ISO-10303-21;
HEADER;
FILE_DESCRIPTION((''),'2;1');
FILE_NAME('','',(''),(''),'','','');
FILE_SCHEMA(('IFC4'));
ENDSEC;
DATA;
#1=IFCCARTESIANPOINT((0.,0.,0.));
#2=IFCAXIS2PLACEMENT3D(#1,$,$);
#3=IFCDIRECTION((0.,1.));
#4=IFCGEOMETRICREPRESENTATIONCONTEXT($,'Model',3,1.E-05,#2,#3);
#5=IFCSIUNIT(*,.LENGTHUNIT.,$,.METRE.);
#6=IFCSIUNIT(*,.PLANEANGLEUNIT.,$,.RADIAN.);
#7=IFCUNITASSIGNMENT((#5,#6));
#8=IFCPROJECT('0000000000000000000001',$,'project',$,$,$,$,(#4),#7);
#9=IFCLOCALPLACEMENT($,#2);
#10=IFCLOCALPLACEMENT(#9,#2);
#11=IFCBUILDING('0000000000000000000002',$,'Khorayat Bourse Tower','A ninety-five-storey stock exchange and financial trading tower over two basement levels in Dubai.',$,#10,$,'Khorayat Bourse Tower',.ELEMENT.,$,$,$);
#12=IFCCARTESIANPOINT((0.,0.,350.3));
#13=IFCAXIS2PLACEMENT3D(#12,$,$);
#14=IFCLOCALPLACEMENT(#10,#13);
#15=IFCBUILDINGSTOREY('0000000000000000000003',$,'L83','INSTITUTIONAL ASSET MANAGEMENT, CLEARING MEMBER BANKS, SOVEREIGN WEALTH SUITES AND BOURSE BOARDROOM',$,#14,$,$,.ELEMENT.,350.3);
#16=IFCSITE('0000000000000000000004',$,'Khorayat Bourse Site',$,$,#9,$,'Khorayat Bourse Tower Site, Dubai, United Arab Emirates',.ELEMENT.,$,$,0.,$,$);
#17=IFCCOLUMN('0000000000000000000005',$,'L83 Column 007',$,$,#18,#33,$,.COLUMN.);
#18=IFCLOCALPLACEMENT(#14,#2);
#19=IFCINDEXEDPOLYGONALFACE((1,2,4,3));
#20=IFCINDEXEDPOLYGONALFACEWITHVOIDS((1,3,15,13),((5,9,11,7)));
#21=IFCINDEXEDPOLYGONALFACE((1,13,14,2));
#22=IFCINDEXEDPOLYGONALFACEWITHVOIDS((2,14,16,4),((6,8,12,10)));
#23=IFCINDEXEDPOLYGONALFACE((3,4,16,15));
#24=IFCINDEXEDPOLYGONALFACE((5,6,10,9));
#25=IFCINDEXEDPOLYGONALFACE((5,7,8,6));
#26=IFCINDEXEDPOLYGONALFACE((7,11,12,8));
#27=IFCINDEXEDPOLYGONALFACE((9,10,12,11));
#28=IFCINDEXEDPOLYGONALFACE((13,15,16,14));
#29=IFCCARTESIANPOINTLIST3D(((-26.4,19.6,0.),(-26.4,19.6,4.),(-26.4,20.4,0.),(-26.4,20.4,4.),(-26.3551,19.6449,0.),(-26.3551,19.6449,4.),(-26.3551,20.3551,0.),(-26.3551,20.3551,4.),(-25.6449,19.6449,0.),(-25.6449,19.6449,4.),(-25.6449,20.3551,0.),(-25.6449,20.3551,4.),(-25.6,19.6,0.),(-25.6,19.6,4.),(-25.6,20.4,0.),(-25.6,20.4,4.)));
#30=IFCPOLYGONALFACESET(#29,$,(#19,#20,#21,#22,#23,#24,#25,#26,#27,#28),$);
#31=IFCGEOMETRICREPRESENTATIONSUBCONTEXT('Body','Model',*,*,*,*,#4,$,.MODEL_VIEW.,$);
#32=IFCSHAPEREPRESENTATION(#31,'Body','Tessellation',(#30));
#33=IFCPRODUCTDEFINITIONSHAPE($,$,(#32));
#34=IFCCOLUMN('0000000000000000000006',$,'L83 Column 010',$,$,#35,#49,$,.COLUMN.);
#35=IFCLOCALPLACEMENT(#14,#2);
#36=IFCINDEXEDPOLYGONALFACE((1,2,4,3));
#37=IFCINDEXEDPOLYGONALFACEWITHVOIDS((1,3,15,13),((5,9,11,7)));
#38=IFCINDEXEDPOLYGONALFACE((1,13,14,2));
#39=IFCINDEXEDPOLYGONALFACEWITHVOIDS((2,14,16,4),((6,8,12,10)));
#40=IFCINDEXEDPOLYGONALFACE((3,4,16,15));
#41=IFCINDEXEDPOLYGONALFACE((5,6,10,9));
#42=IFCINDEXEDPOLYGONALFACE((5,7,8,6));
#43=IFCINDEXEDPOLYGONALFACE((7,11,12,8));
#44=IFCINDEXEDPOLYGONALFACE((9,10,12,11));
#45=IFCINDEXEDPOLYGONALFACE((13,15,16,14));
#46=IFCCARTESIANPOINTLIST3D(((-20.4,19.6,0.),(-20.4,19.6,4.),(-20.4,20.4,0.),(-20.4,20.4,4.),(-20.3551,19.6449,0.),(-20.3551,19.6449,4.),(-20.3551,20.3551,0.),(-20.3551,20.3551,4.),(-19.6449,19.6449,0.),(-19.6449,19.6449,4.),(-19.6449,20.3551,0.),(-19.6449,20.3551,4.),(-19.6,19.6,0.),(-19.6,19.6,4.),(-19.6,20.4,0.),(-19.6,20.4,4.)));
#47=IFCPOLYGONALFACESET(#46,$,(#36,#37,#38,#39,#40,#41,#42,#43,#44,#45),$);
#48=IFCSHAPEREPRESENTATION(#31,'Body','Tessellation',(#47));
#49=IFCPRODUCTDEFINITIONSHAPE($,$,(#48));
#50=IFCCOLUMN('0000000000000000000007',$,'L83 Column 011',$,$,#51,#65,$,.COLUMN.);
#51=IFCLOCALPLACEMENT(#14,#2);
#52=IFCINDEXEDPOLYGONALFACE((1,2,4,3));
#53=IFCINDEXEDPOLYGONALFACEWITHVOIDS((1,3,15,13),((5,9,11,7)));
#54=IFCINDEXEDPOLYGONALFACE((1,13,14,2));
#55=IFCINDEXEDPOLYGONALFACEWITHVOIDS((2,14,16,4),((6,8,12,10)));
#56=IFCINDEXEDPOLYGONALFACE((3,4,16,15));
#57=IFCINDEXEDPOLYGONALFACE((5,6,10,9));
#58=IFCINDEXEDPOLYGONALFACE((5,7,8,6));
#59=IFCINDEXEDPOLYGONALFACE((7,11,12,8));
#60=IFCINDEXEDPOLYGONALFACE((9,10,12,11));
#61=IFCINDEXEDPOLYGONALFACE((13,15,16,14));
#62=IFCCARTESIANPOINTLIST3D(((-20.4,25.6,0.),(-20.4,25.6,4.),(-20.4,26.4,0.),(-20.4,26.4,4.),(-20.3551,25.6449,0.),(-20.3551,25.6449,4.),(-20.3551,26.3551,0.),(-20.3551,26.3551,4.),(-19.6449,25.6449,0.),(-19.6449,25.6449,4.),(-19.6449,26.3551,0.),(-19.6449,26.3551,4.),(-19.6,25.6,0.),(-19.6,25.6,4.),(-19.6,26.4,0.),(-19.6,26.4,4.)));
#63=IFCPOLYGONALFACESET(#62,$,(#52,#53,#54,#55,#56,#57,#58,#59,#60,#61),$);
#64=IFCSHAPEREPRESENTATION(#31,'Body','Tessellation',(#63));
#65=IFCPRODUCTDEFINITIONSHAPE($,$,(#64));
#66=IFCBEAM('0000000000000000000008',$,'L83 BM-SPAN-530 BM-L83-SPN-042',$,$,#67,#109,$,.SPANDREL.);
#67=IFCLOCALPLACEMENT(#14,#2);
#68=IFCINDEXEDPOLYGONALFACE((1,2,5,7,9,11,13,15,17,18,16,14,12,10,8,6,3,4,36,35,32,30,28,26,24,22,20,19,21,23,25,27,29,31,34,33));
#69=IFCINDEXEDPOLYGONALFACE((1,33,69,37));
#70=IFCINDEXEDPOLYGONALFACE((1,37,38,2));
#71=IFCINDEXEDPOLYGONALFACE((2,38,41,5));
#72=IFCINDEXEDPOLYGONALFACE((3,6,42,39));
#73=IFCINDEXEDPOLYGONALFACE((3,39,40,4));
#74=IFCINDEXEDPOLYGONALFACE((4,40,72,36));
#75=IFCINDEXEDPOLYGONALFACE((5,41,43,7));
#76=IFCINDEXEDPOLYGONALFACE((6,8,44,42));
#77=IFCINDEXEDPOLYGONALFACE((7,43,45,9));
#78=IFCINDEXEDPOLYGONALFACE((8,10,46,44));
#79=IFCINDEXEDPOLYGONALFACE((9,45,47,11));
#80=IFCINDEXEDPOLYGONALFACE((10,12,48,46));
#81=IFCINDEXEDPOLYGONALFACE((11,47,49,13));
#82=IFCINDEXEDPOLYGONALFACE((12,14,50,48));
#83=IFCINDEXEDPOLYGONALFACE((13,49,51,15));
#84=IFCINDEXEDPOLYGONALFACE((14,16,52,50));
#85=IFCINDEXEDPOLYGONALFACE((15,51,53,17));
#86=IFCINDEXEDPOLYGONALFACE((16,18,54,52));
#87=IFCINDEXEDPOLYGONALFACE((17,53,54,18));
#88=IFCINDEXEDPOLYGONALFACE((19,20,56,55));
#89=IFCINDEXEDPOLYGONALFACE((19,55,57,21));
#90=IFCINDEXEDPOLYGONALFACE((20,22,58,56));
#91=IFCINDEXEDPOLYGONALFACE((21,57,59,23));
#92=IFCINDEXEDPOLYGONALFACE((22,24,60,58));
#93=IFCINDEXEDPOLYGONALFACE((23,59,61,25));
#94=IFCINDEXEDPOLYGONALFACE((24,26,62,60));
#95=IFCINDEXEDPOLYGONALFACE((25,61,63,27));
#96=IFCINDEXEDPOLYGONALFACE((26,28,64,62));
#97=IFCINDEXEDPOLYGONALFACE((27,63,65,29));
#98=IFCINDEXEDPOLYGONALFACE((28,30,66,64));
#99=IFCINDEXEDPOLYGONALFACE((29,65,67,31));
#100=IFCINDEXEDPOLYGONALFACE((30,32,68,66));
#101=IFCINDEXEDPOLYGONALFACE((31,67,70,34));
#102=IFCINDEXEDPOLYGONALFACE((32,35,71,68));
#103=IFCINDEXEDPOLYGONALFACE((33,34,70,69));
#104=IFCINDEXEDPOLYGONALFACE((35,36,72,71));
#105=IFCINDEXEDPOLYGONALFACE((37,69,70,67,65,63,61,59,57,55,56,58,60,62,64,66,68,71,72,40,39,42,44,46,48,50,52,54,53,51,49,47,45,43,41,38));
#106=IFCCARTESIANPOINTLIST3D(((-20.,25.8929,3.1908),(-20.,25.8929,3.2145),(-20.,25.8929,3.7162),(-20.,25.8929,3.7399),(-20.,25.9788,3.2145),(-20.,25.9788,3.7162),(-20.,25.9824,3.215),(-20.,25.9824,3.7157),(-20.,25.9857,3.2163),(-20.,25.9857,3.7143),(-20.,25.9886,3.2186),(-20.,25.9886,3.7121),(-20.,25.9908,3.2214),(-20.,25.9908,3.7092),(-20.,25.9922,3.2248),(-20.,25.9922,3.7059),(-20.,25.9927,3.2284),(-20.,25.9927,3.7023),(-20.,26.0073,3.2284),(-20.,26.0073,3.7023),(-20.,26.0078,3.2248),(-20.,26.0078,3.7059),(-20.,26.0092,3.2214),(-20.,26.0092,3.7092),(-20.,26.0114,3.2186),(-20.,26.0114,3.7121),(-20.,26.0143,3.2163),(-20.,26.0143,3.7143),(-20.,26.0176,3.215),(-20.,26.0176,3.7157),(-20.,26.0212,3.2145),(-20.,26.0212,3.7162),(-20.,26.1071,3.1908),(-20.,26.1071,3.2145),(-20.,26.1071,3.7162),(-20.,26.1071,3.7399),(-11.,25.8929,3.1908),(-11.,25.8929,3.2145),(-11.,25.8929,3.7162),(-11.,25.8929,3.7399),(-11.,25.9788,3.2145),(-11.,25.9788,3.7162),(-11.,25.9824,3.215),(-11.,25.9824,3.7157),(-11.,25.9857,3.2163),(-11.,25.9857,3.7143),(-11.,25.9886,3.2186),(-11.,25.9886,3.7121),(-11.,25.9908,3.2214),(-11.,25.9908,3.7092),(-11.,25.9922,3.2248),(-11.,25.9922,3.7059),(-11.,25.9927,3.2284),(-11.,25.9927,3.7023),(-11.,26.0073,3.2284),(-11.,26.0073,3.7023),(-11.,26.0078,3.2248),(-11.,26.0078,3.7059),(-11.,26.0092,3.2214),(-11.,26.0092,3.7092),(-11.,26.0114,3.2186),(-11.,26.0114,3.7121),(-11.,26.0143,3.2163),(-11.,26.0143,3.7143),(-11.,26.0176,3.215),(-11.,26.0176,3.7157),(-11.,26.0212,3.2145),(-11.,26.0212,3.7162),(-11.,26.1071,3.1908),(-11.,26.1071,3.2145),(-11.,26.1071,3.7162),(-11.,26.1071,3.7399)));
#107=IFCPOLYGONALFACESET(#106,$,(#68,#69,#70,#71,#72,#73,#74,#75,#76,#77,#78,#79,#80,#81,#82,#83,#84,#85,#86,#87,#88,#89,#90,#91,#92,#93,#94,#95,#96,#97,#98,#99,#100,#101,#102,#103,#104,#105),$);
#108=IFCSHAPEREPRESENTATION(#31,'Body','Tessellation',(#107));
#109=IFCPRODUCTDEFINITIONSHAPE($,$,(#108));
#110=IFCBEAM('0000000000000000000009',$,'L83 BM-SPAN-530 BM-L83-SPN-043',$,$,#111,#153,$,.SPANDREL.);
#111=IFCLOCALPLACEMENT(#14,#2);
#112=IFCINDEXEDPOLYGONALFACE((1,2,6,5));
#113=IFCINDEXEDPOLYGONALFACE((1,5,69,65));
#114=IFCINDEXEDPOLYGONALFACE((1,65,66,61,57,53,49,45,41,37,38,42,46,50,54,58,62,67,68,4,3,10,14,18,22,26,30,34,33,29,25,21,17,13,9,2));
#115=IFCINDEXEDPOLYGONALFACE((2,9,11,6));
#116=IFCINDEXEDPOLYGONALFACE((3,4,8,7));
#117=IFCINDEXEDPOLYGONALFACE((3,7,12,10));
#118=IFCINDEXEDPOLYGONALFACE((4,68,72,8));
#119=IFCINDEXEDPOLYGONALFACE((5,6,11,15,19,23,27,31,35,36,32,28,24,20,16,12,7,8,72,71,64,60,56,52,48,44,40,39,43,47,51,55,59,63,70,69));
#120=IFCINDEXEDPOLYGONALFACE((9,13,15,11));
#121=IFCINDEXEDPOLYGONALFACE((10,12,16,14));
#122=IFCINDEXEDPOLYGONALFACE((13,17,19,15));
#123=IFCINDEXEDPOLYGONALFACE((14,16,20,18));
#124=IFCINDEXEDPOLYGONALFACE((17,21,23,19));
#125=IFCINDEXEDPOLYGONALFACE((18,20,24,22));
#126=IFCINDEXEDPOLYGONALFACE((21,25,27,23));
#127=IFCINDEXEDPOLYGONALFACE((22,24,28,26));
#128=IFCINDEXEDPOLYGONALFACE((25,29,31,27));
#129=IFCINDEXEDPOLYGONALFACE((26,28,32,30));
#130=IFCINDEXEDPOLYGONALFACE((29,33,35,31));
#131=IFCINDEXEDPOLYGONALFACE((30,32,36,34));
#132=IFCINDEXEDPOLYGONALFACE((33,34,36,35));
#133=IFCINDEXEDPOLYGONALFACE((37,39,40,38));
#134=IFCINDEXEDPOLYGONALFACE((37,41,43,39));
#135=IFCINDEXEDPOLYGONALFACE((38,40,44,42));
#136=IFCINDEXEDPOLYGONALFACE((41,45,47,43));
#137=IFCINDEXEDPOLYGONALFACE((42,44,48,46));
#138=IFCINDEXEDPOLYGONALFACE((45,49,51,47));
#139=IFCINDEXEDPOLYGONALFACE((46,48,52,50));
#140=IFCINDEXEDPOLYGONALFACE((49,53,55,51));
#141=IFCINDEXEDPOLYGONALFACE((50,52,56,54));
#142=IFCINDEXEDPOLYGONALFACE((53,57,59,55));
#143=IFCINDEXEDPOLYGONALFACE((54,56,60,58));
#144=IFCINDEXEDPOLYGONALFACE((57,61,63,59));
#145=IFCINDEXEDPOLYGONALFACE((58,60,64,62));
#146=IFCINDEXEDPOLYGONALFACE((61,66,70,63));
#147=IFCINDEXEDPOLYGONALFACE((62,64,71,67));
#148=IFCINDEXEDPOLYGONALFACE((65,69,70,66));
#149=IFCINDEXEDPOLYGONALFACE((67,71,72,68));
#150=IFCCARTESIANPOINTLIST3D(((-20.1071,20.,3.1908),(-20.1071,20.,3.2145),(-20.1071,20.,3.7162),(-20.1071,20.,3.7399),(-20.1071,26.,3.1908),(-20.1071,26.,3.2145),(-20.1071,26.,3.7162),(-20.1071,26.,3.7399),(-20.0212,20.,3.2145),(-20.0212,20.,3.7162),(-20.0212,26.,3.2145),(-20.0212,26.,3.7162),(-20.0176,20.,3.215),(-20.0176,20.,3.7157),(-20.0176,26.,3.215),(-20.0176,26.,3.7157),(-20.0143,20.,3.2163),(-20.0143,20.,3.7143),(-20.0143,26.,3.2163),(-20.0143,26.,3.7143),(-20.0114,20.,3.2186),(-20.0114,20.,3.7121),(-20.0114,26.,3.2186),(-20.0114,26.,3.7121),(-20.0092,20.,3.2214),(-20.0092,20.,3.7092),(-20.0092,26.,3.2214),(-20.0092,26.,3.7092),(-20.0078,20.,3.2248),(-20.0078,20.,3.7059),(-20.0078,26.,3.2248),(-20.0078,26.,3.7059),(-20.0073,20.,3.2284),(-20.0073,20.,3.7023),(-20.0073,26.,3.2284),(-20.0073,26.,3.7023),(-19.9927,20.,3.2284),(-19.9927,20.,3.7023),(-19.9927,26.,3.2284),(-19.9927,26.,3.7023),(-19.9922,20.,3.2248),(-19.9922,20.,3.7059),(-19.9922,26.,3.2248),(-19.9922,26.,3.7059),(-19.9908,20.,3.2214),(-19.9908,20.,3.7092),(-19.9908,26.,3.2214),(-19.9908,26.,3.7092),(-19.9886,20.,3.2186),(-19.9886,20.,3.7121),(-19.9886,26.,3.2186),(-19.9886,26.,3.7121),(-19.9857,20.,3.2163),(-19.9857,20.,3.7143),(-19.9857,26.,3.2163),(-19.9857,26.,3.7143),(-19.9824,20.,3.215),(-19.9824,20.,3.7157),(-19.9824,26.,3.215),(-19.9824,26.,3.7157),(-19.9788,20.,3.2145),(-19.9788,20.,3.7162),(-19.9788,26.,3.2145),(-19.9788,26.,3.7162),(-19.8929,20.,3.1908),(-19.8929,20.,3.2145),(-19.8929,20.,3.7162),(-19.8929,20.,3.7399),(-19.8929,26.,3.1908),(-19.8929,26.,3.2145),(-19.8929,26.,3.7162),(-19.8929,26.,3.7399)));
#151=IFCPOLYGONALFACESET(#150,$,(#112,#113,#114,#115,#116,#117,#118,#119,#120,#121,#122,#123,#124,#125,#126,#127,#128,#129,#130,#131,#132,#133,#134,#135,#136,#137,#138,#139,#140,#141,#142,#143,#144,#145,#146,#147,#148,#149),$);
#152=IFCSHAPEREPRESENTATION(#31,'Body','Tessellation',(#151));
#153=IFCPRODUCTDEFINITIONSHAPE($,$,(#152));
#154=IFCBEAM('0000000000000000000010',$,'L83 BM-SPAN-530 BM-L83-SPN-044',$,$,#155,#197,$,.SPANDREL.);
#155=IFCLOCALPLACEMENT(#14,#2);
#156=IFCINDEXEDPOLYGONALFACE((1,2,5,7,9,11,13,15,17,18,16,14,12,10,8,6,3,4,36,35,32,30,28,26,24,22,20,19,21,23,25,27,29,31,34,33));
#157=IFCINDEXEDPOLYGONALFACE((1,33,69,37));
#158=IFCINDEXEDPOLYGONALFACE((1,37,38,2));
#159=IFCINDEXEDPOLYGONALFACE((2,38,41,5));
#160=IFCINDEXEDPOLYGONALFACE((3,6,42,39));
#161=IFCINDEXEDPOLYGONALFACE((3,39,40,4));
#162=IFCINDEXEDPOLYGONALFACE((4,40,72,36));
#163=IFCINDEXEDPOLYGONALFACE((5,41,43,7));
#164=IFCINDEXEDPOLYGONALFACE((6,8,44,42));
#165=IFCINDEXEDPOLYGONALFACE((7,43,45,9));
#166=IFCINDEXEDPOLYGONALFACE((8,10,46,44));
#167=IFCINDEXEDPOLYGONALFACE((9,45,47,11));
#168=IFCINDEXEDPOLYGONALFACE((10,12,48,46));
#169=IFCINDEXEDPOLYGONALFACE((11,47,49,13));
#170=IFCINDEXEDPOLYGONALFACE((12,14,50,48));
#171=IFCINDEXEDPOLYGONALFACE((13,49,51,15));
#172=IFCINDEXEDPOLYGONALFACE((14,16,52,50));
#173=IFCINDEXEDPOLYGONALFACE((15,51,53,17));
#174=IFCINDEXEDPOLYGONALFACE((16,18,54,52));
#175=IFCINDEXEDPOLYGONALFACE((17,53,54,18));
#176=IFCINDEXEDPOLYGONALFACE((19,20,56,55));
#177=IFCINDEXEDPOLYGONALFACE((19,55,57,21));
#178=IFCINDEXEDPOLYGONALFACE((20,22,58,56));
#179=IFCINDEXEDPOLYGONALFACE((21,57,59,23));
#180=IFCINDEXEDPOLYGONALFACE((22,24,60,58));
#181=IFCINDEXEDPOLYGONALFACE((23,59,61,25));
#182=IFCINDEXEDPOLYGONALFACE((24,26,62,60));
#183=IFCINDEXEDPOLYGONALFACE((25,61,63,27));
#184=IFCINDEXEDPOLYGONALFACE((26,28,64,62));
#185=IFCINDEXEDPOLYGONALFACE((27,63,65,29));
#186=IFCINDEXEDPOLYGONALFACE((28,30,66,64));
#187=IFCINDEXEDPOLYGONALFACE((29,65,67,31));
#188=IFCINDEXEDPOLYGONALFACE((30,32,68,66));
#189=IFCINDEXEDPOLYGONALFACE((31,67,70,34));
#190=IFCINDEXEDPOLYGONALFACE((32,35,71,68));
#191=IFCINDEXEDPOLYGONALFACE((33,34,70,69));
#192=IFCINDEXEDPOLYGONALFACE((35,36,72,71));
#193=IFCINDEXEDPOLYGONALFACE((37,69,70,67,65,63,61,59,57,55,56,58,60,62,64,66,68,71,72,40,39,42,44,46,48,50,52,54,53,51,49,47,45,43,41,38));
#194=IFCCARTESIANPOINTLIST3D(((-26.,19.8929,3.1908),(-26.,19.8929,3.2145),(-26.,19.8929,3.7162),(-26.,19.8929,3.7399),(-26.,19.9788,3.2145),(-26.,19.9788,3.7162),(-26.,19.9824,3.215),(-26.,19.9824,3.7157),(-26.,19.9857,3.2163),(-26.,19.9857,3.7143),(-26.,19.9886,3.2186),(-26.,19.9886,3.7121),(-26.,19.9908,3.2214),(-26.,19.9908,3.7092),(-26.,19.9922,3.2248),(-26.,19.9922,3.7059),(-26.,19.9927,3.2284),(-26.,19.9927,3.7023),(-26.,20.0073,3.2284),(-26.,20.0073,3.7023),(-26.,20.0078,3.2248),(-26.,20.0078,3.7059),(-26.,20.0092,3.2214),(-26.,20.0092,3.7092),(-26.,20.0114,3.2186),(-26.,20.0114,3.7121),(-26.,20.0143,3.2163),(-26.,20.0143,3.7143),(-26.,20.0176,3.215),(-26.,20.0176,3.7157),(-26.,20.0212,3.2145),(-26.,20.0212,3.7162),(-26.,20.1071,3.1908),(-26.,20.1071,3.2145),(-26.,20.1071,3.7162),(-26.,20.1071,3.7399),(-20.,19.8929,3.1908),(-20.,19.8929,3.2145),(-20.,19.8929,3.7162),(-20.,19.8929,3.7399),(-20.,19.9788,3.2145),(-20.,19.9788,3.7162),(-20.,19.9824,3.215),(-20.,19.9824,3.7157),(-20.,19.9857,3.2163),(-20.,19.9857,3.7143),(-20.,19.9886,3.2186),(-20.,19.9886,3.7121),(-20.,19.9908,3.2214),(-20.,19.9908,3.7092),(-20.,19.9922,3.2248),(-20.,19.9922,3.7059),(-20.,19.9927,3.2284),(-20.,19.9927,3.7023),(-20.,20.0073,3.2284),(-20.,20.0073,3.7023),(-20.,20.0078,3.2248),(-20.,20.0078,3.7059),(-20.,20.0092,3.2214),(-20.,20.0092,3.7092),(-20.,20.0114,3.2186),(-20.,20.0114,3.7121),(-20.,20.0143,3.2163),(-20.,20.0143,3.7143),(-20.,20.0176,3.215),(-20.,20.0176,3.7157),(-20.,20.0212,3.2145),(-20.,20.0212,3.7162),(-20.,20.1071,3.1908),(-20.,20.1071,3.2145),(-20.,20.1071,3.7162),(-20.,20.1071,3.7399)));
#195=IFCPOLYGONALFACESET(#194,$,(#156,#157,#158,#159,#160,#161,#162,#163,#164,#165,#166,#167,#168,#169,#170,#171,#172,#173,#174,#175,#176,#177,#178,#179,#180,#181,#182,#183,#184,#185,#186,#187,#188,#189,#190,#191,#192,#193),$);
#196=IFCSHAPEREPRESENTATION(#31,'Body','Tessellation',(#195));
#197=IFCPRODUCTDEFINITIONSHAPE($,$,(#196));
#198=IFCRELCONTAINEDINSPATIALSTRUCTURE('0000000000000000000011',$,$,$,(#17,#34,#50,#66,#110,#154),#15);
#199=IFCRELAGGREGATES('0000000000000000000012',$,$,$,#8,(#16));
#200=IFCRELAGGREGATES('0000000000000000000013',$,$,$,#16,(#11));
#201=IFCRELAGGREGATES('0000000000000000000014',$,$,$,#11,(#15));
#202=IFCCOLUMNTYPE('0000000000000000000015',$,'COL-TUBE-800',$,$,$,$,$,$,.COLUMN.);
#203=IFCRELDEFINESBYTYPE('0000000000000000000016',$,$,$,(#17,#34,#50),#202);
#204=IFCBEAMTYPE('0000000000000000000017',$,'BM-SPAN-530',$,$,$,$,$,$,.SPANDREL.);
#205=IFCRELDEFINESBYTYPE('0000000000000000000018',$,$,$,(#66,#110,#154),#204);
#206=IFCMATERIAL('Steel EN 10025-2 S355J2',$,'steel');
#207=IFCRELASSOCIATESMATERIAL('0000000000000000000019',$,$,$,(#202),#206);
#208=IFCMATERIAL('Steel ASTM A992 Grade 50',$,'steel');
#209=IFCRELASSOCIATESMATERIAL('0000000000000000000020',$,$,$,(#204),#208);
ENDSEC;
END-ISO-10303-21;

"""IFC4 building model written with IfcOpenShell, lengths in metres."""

from ifc_helpers import new_model, si_unit, direction, frame, origin, origin_2d, place, context, subcontext, project, spatial, hollow_rectangle, i_section, extrude, source, transform, mapped, material, material_profile, profile_set, type_object, element, save


model = new_model("IFC4")

# Units and contexts
model_context = context("Model", 3, precision=1e-05, world=origin(), true_north=direction((0.0, 1.0)))
body_context = subcontext(model_context, "Body", "Model", "MODEL_VIEW")
ifc_project = project(units=[si_unit("LENGTHUNIT", "METRE"), si_unit("PLANEANGLEUNIT", "RADIAN")], contexts=[model_context])

# Site, building, storey
site_placement = place(None, origin())
site = spatial("IfcSite", under=ifc_project, at=site_placement, Name="Khorayat Bourse Site", LongName="Khorayat Bourse Tower Site, Dubai, United Arab Emirates", CompositionType="ELEMENT", RefElevation=0.0)
building_placement = place(site_placement, origin())
building = spatial("IfcBuilding", under=site, at=building_placement, Name="Khorayat Bourse Tower", Description="A ninety-five-storey stock exchange and financial trading tower over two basement levels in Dubai.", LongName="Khorayat Bourse Tower", CompositionType="ELEMENT")
storey_placement = place(building_placement, frame((0.0, 0.0, 350.3)))
storey = spatial("IfcBuildingStorey", under=building, at=storey_placement, Name="L83", Description="INSTITUTIONAL ASSET MANAGEMENT, CLEARING MEMBER BANKS, SOVEREIGN WEALTH SUITES AND BOURSE BOARDROOM", CompositionType="ELEMENT", Elevation=350.3)

# Columns
ifc_material_1 = material(Name="Steel EN 10025-2 S355J2", Category="steel")
ifc_material_profile_1 = material_profile(ifc_material_1, hollow_rectangle(XDim=0.8, YDim=0.8, WallThickness=0.0449, at=origin_2d()), Name="BOX 800x800x45")
ifc_profile_set_1 = profile_set([ifc_material_profile_1], Name="Steel EN 10025-2 S355J2")
column_type = type_object("IfcColumnType", Name="COL-TUBE-800", PredefinedType="COLUMN", material=ifc_profile_set_1)
shared_shape_1 = source(origin(), body_context, "Body", "SweptSolid", [
    extrude(hollow_rectangle(XDim=0.8, YDim=0.8, WallThickness=0.0449, at=origin_2d()), origin(), (0.0, 0.0, 1.0), 4.0),
])
for number, where, z_axis, x_axis, name in (
    (1, (-26.0, 20.0, 0.0), (0.0, 0.0, 1.0), (1.0, 0.0, 0.0), "L83 Column 007"),
    (2, (-20.0, 20.0, 0.0), (0.0, 0.0, 1.0), (1.0, 0.0, 0.0), "L83 Column 010"),
    (3, (-20.0, 26.0, 0.0), (0.0, 0.0, 1.0), (1.0, 0.0, 0.0), "L83 Column 011"),
):
    element("IfcColumn", number, at=place(storey_placement, frame(where, z_axis=z_axis, x_axis=x_axis)), inside=storey, type_object=column_type, Name=name, PredefinedType="COLUMN", context=body_context, shape_type="MappedRepresentation", body=[
        mapped(shared_shape_1, transform((0.0, 0.0, 0.0), scale=1.0)),
    ])

# Beams
ifc_material_2 = material(Name="Steel ASTM A992 Grade 50", Category="steel")
ifc_material_profile_2 = material_profile(ifc_material_2, i_section(OverallWidth=0.2141, OverallDepth=0.5491, WebThickness=0.0146, FlangeThickness=0.0237, FilletRadius=0.0139, at=origin_2d()), Name="W530X138")
ifc_profile_set_2 = profile_set([ifc_material_profile_2], Name="Steel ASTM A992 Grade 50")
beam_type_1 = type_object("IfcBeamType", Name="BM-SPAN-530", PredefinedType="SPANDREL", material=ifc_profile_set_2)
shared_shape_2 = source(origin(), body_context, "Body", "SweptSolid", [
    extrude(i_section(OverallWidth=0.2141, OverallDepth=0.5491, WebThickness=0.0146, FlangeThickness=0.0237, FilletRadius=0.0139, at=origin_2d()), origin(), (0.0, 0.0, 1.0), 9.0),
])
beam_1_placement = place(storey_placement, frame((-20.0, 26.0, 3.4653), z_axis=(1.0, 0.0, 0.0), x_axis=(0.0, 1.0, 0.0)))
element("IfcBeam", 4, at=beam_1_placement, inside=storey, type_object=beam_type_1, Name="L83 BM-SPAN-530 BM-L83-SPN-042", PredefinedType="SPANDREL", context=body_context, shape_type="MappedRepresentation", body=[
    mapped(shared_shape_2, transform((0.0, 0.0, 0.0), scale=1.0)),
])
shared_shape_3 = source(origin(), body_context, "Body", "SweptSolid", [
    extrude(i_section(OverallWidth=0.2141, OverallDepth=0.5491, WebThickness=0.0146, FlangeThickness=0.0237, FilletRadius=0.0139, at=origin_2d()), origin(), (0.0, 0.0, 1.0), 6.0),
])
for number, where, z_axis, x_axis, name in (
    (5, (-20.0, 20.0, 3.4653), (0.0, 1.0, 0.0), (-1.0, 0.0, 0.0), "L83 BM-SPAN-530 BM-L83-SPN-043"),
    (6, (-26.0, 20.0, 3.4653), (1.0, 0.0, 0.0), (0.0, 1.0, 0.0), "L83 BM-SPAN-530 BM-L83-SPN-044"),
):
    element("IfcBeam", number, at=place(storey_placement, frame(where, z_axis=z_axis, x_axis=x_axis)), inside=storey, type_object=beam_type_1, Name=name, PredefinedType="SPANDREL", context=body_context, shape_type="MappedRepresentation", body=[
        mapped(shared_shape_3, transform((0.0, 0.0, 0.0), scale=1.0)),
    ])

save(model, "model.ifc")
